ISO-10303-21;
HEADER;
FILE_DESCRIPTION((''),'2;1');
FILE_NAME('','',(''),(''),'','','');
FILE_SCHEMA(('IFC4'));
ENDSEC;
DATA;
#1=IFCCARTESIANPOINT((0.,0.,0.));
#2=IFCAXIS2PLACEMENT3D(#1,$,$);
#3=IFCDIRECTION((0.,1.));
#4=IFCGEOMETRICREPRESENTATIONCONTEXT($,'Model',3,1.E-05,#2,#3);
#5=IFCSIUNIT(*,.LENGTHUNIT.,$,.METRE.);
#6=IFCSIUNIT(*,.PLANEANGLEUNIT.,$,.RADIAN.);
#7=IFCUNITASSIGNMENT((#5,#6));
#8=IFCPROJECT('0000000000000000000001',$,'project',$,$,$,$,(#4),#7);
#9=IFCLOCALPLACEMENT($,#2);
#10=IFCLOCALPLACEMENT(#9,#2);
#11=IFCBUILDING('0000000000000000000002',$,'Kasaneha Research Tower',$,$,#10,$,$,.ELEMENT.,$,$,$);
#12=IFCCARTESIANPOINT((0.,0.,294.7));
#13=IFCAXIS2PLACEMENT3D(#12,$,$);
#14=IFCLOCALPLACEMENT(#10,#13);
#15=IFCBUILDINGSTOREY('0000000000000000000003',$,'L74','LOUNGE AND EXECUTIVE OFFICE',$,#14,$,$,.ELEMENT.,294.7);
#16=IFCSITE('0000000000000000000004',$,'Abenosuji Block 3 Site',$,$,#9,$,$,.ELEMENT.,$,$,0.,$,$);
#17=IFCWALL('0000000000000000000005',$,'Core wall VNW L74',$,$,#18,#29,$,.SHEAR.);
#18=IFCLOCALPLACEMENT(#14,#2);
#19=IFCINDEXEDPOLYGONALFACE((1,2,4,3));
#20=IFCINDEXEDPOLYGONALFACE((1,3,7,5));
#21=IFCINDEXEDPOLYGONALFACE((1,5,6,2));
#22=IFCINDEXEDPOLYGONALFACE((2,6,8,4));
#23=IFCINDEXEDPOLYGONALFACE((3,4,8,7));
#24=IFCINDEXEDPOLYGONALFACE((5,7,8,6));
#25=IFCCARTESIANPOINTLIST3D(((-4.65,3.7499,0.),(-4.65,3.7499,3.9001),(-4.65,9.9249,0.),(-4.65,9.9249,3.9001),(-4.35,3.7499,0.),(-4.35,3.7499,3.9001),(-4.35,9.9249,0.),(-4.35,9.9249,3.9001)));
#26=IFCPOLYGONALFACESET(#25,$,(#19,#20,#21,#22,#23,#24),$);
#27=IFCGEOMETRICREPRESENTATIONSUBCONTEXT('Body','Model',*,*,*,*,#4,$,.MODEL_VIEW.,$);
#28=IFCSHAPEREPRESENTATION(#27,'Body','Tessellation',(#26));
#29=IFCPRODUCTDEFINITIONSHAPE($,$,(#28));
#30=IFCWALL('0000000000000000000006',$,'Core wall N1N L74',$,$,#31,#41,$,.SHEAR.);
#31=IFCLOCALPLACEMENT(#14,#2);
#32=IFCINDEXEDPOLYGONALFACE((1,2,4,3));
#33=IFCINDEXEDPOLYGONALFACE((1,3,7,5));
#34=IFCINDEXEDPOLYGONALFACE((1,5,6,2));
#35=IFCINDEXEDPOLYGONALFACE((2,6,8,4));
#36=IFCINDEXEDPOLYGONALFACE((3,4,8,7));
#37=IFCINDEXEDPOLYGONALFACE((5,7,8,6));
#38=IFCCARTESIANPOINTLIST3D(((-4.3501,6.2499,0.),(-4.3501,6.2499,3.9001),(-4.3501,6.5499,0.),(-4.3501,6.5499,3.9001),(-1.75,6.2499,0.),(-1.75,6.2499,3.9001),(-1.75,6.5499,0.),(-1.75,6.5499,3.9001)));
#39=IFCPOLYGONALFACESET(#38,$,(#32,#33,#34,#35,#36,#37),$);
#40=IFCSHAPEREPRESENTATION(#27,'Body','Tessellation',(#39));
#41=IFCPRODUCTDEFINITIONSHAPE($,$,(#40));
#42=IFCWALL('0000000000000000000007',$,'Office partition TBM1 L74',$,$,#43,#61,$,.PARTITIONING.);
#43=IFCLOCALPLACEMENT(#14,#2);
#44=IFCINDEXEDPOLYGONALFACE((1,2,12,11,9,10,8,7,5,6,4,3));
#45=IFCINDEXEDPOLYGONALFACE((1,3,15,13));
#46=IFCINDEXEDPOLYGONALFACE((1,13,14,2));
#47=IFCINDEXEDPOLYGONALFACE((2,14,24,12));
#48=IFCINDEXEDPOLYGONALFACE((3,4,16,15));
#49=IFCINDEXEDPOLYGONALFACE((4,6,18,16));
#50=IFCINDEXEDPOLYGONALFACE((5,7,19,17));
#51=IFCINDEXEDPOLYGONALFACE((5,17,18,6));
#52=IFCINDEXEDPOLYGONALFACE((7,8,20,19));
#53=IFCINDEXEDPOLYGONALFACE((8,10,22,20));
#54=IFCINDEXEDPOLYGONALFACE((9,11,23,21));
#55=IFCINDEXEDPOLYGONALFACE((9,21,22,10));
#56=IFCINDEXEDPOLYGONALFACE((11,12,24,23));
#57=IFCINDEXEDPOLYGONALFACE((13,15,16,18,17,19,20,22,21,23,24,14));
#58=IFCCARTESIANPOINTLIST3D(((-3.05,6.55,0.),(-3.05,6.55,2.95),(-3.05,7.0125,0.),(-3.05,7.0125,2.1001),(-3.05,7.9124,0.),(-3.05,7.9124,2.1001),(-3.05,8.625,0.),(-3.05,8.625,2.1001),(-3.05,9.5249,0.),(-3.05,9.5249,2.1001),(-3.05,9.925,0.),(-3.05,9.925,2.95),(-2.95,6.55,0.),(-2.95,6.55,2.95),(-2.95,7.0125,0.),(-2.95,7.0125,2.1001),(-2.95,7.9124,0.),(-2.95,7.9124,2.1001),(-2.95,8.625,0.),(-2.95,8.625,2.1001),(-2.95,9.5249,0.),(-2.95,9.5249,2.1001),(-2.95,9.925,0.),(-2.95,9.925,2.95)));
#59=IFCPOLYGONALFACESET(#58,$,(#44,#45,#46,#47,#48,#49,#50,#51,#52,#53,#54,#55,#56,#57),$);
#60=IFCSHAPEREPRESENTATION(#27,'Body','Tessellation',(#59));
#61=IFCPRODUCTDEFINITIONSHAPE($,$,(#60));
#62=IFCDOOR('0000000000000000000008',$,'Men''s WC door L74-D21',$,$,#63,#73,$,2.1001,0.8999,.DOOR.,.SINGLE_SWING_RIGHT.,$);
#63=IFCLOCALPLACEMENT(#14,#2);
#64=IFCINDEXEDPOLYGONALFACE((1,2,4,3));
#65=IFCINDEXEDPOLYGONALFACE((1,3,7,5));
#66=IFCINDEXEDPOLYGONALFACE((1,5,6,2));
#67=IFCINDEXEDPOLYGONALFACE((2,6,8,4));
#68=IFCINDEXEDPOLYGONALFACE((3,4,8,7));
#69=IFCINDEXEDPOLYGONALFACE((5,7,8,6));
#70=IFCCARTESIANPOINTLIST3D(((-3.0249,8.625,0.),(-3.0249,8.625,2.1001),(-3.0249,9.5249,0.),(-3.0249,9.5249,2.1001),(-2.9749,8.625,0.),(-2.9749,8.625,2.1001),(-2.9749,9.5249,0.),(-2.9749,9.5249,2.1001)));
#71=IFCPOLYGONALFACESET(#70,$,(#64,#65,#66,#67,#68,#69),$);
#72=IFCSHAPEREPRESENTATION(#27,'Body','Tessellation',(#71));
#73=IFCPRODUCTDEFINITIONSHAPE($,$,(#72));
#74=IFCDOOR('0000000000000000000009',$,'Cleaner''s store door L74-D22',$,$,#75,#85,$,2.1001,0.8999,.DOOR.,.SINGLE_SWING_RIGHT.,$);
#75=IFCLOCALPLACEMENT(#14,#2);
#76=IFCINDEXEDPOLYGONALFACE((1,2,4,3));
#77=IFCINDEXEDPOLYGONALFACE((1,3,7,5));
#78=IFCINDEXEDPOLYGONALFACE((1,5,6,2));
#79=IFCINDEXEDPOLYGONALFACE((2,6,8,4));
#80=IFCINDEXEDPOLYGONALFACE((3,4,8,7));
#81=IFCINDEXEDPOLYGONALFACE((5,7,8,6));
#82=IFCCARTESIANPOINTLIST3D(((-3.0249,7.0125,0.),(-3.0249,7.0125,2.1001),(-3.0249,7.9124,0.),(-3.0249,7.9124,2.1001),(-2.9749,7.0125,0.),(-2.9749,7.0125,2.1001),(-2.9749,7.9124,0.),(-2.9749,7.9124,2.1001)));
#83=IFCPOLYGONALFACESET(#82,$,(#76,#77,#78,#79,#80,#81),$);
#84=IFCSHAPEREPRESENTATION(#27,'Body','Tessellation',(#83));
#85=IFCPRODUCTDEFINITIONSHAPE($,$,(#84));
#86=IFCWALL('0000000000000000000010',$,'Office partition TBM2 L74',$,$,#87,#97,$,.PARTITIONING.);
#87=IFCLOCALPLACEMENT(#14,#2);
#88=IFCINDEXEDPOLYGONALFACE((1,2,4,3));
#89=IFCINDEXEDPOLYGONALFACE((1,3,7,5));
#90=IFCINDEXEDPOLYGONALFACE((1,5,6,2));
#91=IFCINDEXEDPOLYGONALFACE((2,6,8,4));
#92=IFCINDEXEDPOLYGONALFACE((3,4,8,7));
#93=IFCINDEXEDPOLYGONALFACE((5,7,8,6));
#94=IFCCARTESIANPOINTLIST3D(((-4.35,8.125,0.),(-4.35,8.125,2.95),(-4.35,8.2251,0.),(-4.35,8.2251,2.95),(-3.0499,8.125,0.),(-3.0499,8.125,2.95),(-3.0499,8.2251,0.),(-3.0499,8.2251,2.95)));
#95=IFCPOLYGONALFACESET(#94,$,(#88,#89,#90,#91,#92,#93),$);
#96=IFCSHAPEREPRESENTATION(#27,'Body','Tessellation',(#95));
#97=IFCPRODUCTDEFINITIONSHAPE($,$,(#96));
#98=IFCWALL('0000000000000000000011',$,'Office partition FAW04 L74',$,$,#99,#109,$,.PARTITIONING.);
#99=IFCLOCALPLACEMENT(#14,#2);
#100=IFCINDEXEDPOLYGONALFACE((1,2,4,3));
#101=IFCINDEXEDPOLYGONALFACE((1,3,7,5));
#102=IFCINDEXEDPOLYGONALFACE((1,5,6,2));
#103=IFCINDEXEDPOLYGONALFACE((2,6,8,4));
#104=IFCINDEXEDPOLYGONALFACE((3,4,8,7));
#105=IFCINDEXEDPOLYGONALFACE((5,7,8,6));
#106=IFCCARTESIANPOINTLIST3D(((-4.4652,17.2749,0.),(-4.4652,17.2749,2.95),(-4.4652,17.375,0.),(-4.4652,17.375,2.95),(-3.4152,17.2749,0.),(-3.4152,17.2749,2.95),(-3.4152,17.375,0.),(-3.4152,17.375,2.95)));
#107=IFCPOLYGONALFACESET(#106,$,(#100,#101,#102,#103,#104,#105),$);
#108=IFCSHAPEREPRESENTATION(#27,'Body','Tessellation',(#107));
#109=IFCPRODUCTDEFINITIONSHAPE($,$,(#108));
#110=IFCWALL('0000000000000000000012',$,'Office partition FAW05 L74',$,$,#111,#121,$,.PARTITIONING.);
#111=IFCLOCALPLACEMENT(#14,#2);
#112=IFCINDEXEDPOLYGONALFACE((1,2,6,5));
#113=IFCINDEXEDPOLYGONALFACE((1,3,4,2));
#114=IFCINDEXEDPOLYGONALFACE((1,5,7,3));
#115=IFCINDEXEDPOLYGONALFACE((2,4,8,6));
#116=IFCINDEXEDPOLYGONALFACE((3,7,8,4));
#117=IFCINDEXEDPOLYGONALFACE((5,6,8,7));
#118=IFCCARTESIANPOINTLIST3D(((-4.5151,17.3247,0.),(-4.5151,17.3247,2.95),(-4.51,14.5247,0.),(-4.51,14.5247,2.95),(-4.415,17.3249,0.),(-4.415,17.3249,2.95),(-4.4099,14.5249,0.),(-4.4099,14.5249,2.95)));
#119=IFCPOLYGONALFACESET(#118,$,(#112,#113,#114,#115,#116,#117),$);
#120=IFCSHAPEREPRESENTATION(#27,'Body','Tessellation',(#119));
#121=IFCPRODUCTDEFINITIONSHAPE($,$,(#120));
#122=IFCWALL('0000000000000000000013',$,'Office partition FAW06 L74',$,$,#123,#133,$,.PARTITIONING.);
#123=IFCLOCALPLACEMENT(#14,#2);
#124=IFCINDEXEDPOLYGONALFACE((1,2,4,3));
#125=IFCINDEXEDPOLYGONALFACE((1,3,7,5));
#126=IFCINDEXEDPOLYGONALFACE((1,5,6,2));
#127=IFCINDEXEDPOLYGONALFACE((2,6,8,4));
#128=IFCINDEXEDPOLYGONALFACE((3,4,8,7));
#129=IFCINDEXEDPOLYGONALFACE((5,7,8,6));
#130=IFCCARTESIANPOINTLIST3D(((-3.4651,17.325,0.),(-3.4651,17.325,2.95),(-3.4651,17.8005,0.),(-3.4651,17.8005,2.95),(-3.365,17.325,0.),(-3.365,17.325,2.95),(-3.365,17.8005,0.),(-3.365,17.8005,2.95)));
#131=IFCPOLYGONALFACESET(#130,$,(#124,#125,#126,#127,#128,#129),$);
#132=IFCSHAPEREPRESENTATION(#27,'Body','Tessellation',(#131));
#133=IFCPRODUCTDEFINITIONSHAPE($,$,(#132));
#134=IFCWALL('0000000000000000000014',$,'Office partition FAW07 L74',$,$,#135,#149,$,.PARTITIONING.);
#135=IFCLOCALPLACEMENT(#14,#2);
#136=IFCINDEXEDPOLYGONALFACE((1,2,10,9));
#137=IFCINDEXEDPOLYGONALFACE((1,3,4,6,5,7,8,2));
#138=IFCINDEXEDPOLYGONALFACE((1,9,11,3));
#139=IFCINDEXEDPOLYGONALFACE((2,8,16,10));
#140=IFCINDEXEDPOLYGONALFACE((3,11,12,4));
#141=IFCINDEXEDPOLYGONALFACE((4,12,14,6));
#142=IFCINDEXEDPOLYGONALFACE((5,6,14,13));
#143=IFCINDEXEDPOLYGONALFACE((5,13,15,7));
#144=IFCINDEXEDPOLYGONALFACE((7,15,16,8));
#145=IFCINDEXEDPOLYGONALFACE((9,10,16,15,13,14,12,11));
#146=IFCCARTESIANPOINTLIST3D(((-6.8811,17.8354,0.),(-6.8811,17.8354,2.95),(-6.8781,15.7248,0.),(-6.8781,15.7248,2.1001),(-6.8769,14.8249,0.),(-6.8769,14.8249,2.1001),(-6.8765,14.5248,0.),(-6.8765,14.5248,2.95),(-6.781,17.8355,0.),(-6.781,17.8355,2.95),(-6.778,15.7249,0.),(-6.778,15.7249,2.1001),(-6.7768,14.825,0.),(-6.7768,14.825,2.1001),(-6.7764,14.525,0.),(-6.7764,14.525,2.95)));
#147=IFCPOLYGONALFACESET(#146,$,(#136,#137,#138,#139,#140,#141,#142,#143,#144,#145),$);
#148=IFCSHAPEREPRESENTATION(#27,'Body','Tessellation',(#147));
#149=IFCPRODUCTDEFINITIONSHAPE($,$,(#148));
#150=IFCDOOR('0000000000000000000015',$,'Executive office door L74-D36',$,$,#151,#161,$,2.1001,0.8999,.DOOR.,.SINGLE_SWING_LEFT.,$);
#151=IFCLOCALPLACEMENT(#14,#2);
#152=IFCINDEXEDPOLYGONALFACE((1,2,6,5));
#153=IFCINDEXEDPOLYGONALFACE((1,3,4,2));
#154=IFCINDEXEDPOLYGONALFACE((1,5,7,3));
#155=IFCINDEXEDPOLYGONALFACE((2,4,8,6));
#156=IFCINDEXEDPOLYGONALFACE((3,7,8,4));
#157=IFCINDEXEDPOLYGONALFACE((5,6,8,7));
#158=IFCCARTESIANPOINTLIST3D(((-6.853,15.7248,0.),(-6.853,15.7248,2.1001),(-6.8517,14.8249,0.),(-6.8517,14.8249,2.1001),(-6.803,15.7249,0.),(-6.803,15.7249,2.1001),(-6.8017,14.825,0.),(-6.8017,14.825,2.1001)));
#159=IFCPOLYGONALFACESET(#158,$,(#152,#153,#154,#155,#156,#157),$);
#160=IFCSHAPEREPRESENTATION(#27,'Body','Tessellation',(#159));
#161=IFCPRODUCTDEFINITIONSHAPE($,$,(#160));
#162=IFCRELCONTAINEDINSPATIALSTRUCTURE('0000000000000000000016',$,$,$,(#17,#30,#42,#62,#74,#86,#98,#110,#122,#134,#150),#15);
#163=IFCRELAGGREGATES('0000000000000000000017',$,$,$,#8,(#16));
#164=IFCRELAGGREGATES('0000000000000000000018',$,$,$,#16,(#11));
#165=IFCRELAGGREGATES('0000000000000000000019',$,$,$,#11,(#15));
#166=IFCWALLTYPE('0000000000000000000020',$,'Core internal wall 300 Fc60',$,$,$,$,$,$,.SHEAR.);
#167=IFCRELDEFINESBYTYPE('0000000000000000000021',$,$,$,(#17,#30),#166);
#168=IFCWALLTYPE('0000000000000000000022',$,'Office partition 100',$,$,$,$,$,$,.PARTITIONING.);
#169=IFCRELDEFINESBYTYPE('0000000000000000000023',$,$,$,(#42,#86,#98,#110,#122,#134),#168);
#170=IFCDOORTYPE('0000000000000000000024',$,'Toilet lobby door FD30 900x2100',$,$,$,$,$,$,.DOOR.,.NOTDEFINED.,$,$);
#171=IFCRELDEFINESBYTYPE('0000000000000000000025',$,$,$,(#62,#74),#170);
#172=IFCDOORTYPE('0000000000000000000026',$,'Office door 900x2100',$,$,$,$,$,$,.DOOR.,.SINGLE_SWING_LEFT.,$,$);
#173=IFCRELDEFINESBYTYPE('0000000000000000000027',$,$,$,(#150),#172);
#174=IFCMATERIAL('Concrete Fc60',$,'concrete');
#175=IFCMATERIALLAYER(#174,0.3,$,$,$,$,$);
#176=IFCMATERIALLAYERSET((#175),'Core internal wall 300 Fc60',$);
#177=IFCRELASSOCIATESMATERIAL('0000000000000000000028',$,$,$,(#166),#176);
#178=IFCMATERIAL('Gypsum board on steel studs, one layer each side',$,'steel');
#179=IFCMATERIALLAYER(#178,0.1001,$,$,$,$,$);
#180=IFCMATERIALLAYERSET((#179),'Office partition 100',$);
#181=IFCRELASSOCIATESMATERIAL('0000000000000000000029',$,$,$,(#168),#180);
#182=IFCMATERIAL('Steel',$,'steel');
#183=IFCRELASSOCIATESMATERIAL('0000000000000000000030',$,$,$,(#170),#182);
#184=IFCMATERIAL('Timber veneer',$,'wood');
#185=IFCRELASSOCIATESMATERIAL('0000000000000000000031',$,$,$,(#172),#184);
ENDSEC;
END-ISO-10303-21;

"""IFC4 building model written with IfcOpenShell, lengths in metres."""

from ifc_helpers import new_model, si_unit, direction, frame, frame_2d, origin, place, context, subcontext, project, spatial, rectangle, extrude, material, layer, layer_set, type_object, element, fill, save


model = new_model("IFC4")

# Units and contexts
model_context = context("Model", 3, precision=1e-05, world=origin(), true_north=direction((0.0, 1.0)))
body_context = subcontext(model_context, "Body", "Model", "MODEL_VIEW")
ifc_project = project(units=[si_unit("LENGTHUNIT", "METRE"), si_unit("PLANEANGLEUNIT", "RADIAN")], contexts=[model_context])

# Site, building, storey
site_placement = place(None, origin())
site = spatial("IfcSite", under=ifc_project, at=site_placement, Name="Abenosuji Block 3 Site", CompositionType="ELEMENT", RefElevation=0.0)
building_placement = place(site_placement, origin())
building = spatial("IfcBuilding", under=site, at=building_placement, Name="Kasaneha Research Tower", CompositionType="ELEMENT")
storey_placement = place(building_placement, frame((0.0, 0.0, 294.7)))
storey = spatial("IfcBuildingStorey", under=building, at=storey_placement, Name="L74", Description="LOUNGE AND EXECUTIVE OFFICE", CompositionType="ELEMENT", Elevation=294.7)

# Shared definitions
ifc_material_1 = material(Name="Concrete Fc60", Category="concrete")
ifc_layer_1 = layer(ifc_material_1, 0.3)
ifc_layer_set_1 = layer_set([ifc_layer_1], Name="Core internal wall 300 Fc60")
wall_type_1 = type_object("IfcWallType", Name="Core internal wall 300 Fc60", PredefinedType="SHEAR", material=ifc_layer_set_1)

# Walls
wall_1_placement = place(storey_placement, frame((-4.5, 3.75, 0.0), z_axis=(0.0, 0.0, 1.0), x_axis=(0.0, 1.0, 0.0)))
element("IfcWall", 1, at=wall_1_placement, inside=storey, type_object=wall_type_1, Name="Core wall VNW L74", PredefinedType="SHEAR", context=body_context, shape_type="SweptSolid", body=[
    extrude(rectangle(XDim=6.175, YDim=0.3, at=frame_2d((3.0874, 0.0))), origin(), (0.0, 0.0, 1.0), 3.9001),
])
wall_2_placement = place(storey_placement, frame((-4.3501, 6.3999, 0.0), z_axis=(0.0, 0.0, 1.0), x_axis=(1.0, 0.0, 0.0)))
element("IfcWall", 2, at=wall_2_placement, inside=storey, type_object=wall_type_1, Name="Core wall N1N L74", PredefinedType="SHEAR", context=body_context, shape_type="SweptSolid", body=[
    extrude(rectangle(XDim=2.6001, YDim=0.3, at=frame_2d((1.3, 0.0))), origin(), (0.0, 0.0, 1.0), 3.9001),
])

# Wall, openings, doors
ifc_material_2 = material(Name="Gypsum board on steel studs, one layer each side", Category="steel")
ifc_layer_2 = layer(ifc_material_2, 0.1001)
ifc_layer_set_2 = layer_set([ifc_layer_2], Name="Office partition 100")
wall_type_2 = type_object("IfcWallType", Name="Office partition 100", PredefinedType="PARTITIONING", material=ifc_layer_set_2)
wall_3_placement = place(storey_placement, frame((-3.0, 6.55, 0.0), z_axis=(0.0, 0.0, 1.0), x_axis=(0.0, 1.0, 0.0)))
wall_3 = element("IfcWall", 3, at=wall_3_placement, inside=storey, type_object=wall_type_2, Name="Office partition TBM1 L74", PredefinedType="PARTITIONING", context=body_context, shape_type="SweptSolid", body=[
    extrude(rectangle(XDim=3.375, YDim=0.1001, at=frame_2d((1.6875, 0.0))), origin(), (0.0, 0.0, 1.0), 2.95),
])
opening_1_placement = place(wall_3_placement, frame((2.075, 0.0, 0.0)))
opening_1 = element("IfcOpeningElement", 4, at=opening_1_placement, cuts=wall_3, PredefinedType="OPENING", context=body_context, shape_type="SweptSolid", body=[
    extrude(rectangle(XDim=0.8999, YDim=2.1001, at=frame_2d((0.45, 1.05))), frame((0.0, 0.0601, 0.0), z_axis=(0.0, -1.0, 0.0), x_axis=(1.0, 0.0, 0.0)), (0.0, 0.0, 1.0), 0.1201),
])
opening_2_placement = place(wall_3_placement, frame((0.4624, 0.0, 0.0)))
opening_2 = element("IfcOpeningElement", 5, at=opening_2_placement, cuts=wall_3, PredefinedType="OPENING", context=body_context, shape_type="SweptSolid", body=[
    extrude(rectangle(XDim=0.8999, YDim=2.1001, at=frame_2d((0.45, 1.05))), frame((0.0, 0.0601, 0.0), z_axis=(0.0, -1.0, 0.0), x_axis=(1.0, 0.0, 0.0)), (0.0, 0.0, 1.0), 0.1201),
])
ifc_material_3 = material(Name="Steel", Category="steel")
door_type_1 = type_object("IfcDoorType", Name="Toilet lobby door FD30 900x2100", OperationType="NOTDEFINED", PredefinedType="DOOR", material=ifc_material_3)
door_1_placement = place(opening_1_placement, origin())
door_1 = element("IfcDoor", 6, at=door_1_placement, inside=storey, type_object=door_type_1, Name="Men's WC door L74-D21", OperationType="SINGLE_SWING_RIGHT", OverallHeight=2.1001, OverallWidth=0.8999, PredefinedType="DOOR", context=body_context, shape_type="SweptSolid", body=[
    extrude(rectangle(XDim=0.8999, YDim=2.1001, at=frame_2d((0.45, 1.05))), frame((0.0, 0.0249, 0.0), z_axis=(0.0, -1.0, 0.0), x_axis=(1.0, 0.0, 0.0)), (0.0, 0.0, 1.0), 0.05),
])
fill(opening_1, door_1)
door_2_placement = place(opening_2_placement, origin())
door_2 = element("IfcDoor", 7, at=door_2_placement, inside=storey, type_object=door_type_1, Name="Cleaner's store door L74-D22", OperationType="SINGLE_SWING_RIGHT", OverallHeight=2.1001, OverallWidth=0.8999, PredefinedType="DOOR", context=body_context, shape_type="SweptSolid", body=[
    extrude(rectangle(XDim=0.8999, YDim=2.1001, at=frame_2d((0.45, 1.05))), frame((0.0, 0.0249, 0.0), z_axis=(0.0, -1.0, 0.0), x_axis=(1.0, 0.0, 0.0)), (0.0, 0.0, 1.0), 0.05),
])
fill(opening_2, door_2)

# Walls
wall_4_placement = place(storey_placement, frame((-3.05, 8.175, 0.0), z_axis=(0.0, 0.0, 1.0), x_axis=(-1.0, 0.0, 0.0)))
element("IfcWall", 8, at=wall_4_placement, inside=storey, type_object=wall_type_2, Name="Office partition TBM2 L74", PredefinedType="PARTITIONING", context=body_context, shape_type="SweptSolid", body=[
    extrude(rectangle(XDim=1.3, YDim=0.1001, at=frame_2d((0.6499, 0.0))), origin(), (0.0, 0.0, 1.0), 2.95),
])
wall_5_placement = place(storey_placement, frame((-4.4651, 17.325, 0.0), z_axis=(0.0, 0.0, 1.0), x_axis=(1.0, 0.0, 0.0)))
element("IfcWall", 9, at=wall_5_placement, inside=storey, type_object=wall_type_2, Name="Office partition FAW04 L74", PredefinedType="PARTITIONING", context=body_context, shape_type="SweptSolid", body=[
    extrude(rectangle(XDim=1.05, YDim=0.1001, at=frame_2d((0.5249, 0.0))), origin(), (0.0, 0.0, 1.0), 2.95),
])
wall_6_placement = place(storey_placement, frame((-4.46, 14.5249, 0.0), z_axis=(0.0, 0.0, 1.0), x_axis=(-0.001831, 0.999998, 0.0)))
element("IfcWall", 10, at=wall_6_placement, inside=storey, type_object=wall_type_2, Name="Office partition FAW05 L74", PredefinedType="PARTITIONING", context=body_context, shape_type="SweptSolid", body=[
    extrude(rectangle(XDim=2.8, YDim=0.1001, at=frame_2d((1.3999, 0.0))), origin(), (0.0, 0.0, 1.0), 2.95),
])
wall_7_placement = place(storey_placement, frame((-3.415, 17.325, 0.0), z_axis=(0.0, 0.0, 1.0), x_axis=(0.0, 1.0, 0.0)))
element("IfcWall", 11, at=wall_7_placement, inside=storey, type_object=wall_type_2, Name="Office partition FAW06 L74", PredefinedType="PARTITIONING", context=body_context, shape_type="SweptSolid", body=[
    extrude(rectangle(XDim=0.4756, YDim=0.1001, at=frame_2d((0.2378, 0.0))), origin(), (0.0, 0.0, 1.0), 2.95),
])

# Wall, opening, door
wall_8_placement = place(storey_placement, frame((-6.8264, 14.5249, 0.0), z_axis=(0.0, 0.0, 1.0), x_axis=(-0.001401, 0.999999, 0.0)))
wall_8 = element("IfcWall", 12, at=wall_8_placement, inside=storey, type_object=wall_type_2, Name="Office partition FAW07 L74", PredefinedType="PARTITIONING", context=body_context, shape_type="SweptSolid", body=[
    extrude(rectangle(XDim=3.3105, YDim=0.1001, at=frame_2d((1.6553, 0.0))), origin(), (0.0, 0.0, 1.0), 2.95),
])
opening_3_placement = place(wall_8_placement, frame((0.3, 0.0, 0.0)))
opening_3 = element("IfcOpeningElement", 13, at=opening_3_placement, cuts=wall_8, PredefinedType="OPENING", context=body_context, shape_type="SweptSolid", body=[
    extrude(rectangle(XDim=0.8999, YDim=2.1001, at=frame_2d((0.45, 1.05))), frame((0.0, 0.0601, 0.0), z_axis=(0.0, -1.0, 0.0), x_axis=(1.0, 0.0, 0.0)), (0.0, 0.0, 1.0), 0.1201),
])
ifc_material_4 = material(Name="Timber veneer", Category="wood")
door_type_2 = type_object("IfcDoorType", Name="Office door 900x2100", OperationType="SINGLE_SWING_LEFT", PredefinedType="DOOR", material=ifc_material_4)
door_3_placement = place(opening_3_placement, origin())
door_3 = element("IfcDoor", 14, at=door_3_placement, inside=storey, type_object=door_type_2, Name="Executive office door L74-D36", OperationType="SINGLE_SWING_LEFT", OverallHeight=2.1001, OverallWidth=0.8999, PredefinedType="DOOR", context=body_context, shape_type="SweptSolid", body=[
    extrude(rectangle(XDim=0.8999, YDim=2.1001, at=frame_2d((0.45, 1.05))), frame((0.0, 0.0249, 0.0), z_axis=(0.0, -1.0, 0.0), x_axis=(1.0, 0.0, 0.0)), (0.0, 0.0, 1.0), 0.05),
])
fill(opening_3, door_3)

save(model, "model.ifc")
